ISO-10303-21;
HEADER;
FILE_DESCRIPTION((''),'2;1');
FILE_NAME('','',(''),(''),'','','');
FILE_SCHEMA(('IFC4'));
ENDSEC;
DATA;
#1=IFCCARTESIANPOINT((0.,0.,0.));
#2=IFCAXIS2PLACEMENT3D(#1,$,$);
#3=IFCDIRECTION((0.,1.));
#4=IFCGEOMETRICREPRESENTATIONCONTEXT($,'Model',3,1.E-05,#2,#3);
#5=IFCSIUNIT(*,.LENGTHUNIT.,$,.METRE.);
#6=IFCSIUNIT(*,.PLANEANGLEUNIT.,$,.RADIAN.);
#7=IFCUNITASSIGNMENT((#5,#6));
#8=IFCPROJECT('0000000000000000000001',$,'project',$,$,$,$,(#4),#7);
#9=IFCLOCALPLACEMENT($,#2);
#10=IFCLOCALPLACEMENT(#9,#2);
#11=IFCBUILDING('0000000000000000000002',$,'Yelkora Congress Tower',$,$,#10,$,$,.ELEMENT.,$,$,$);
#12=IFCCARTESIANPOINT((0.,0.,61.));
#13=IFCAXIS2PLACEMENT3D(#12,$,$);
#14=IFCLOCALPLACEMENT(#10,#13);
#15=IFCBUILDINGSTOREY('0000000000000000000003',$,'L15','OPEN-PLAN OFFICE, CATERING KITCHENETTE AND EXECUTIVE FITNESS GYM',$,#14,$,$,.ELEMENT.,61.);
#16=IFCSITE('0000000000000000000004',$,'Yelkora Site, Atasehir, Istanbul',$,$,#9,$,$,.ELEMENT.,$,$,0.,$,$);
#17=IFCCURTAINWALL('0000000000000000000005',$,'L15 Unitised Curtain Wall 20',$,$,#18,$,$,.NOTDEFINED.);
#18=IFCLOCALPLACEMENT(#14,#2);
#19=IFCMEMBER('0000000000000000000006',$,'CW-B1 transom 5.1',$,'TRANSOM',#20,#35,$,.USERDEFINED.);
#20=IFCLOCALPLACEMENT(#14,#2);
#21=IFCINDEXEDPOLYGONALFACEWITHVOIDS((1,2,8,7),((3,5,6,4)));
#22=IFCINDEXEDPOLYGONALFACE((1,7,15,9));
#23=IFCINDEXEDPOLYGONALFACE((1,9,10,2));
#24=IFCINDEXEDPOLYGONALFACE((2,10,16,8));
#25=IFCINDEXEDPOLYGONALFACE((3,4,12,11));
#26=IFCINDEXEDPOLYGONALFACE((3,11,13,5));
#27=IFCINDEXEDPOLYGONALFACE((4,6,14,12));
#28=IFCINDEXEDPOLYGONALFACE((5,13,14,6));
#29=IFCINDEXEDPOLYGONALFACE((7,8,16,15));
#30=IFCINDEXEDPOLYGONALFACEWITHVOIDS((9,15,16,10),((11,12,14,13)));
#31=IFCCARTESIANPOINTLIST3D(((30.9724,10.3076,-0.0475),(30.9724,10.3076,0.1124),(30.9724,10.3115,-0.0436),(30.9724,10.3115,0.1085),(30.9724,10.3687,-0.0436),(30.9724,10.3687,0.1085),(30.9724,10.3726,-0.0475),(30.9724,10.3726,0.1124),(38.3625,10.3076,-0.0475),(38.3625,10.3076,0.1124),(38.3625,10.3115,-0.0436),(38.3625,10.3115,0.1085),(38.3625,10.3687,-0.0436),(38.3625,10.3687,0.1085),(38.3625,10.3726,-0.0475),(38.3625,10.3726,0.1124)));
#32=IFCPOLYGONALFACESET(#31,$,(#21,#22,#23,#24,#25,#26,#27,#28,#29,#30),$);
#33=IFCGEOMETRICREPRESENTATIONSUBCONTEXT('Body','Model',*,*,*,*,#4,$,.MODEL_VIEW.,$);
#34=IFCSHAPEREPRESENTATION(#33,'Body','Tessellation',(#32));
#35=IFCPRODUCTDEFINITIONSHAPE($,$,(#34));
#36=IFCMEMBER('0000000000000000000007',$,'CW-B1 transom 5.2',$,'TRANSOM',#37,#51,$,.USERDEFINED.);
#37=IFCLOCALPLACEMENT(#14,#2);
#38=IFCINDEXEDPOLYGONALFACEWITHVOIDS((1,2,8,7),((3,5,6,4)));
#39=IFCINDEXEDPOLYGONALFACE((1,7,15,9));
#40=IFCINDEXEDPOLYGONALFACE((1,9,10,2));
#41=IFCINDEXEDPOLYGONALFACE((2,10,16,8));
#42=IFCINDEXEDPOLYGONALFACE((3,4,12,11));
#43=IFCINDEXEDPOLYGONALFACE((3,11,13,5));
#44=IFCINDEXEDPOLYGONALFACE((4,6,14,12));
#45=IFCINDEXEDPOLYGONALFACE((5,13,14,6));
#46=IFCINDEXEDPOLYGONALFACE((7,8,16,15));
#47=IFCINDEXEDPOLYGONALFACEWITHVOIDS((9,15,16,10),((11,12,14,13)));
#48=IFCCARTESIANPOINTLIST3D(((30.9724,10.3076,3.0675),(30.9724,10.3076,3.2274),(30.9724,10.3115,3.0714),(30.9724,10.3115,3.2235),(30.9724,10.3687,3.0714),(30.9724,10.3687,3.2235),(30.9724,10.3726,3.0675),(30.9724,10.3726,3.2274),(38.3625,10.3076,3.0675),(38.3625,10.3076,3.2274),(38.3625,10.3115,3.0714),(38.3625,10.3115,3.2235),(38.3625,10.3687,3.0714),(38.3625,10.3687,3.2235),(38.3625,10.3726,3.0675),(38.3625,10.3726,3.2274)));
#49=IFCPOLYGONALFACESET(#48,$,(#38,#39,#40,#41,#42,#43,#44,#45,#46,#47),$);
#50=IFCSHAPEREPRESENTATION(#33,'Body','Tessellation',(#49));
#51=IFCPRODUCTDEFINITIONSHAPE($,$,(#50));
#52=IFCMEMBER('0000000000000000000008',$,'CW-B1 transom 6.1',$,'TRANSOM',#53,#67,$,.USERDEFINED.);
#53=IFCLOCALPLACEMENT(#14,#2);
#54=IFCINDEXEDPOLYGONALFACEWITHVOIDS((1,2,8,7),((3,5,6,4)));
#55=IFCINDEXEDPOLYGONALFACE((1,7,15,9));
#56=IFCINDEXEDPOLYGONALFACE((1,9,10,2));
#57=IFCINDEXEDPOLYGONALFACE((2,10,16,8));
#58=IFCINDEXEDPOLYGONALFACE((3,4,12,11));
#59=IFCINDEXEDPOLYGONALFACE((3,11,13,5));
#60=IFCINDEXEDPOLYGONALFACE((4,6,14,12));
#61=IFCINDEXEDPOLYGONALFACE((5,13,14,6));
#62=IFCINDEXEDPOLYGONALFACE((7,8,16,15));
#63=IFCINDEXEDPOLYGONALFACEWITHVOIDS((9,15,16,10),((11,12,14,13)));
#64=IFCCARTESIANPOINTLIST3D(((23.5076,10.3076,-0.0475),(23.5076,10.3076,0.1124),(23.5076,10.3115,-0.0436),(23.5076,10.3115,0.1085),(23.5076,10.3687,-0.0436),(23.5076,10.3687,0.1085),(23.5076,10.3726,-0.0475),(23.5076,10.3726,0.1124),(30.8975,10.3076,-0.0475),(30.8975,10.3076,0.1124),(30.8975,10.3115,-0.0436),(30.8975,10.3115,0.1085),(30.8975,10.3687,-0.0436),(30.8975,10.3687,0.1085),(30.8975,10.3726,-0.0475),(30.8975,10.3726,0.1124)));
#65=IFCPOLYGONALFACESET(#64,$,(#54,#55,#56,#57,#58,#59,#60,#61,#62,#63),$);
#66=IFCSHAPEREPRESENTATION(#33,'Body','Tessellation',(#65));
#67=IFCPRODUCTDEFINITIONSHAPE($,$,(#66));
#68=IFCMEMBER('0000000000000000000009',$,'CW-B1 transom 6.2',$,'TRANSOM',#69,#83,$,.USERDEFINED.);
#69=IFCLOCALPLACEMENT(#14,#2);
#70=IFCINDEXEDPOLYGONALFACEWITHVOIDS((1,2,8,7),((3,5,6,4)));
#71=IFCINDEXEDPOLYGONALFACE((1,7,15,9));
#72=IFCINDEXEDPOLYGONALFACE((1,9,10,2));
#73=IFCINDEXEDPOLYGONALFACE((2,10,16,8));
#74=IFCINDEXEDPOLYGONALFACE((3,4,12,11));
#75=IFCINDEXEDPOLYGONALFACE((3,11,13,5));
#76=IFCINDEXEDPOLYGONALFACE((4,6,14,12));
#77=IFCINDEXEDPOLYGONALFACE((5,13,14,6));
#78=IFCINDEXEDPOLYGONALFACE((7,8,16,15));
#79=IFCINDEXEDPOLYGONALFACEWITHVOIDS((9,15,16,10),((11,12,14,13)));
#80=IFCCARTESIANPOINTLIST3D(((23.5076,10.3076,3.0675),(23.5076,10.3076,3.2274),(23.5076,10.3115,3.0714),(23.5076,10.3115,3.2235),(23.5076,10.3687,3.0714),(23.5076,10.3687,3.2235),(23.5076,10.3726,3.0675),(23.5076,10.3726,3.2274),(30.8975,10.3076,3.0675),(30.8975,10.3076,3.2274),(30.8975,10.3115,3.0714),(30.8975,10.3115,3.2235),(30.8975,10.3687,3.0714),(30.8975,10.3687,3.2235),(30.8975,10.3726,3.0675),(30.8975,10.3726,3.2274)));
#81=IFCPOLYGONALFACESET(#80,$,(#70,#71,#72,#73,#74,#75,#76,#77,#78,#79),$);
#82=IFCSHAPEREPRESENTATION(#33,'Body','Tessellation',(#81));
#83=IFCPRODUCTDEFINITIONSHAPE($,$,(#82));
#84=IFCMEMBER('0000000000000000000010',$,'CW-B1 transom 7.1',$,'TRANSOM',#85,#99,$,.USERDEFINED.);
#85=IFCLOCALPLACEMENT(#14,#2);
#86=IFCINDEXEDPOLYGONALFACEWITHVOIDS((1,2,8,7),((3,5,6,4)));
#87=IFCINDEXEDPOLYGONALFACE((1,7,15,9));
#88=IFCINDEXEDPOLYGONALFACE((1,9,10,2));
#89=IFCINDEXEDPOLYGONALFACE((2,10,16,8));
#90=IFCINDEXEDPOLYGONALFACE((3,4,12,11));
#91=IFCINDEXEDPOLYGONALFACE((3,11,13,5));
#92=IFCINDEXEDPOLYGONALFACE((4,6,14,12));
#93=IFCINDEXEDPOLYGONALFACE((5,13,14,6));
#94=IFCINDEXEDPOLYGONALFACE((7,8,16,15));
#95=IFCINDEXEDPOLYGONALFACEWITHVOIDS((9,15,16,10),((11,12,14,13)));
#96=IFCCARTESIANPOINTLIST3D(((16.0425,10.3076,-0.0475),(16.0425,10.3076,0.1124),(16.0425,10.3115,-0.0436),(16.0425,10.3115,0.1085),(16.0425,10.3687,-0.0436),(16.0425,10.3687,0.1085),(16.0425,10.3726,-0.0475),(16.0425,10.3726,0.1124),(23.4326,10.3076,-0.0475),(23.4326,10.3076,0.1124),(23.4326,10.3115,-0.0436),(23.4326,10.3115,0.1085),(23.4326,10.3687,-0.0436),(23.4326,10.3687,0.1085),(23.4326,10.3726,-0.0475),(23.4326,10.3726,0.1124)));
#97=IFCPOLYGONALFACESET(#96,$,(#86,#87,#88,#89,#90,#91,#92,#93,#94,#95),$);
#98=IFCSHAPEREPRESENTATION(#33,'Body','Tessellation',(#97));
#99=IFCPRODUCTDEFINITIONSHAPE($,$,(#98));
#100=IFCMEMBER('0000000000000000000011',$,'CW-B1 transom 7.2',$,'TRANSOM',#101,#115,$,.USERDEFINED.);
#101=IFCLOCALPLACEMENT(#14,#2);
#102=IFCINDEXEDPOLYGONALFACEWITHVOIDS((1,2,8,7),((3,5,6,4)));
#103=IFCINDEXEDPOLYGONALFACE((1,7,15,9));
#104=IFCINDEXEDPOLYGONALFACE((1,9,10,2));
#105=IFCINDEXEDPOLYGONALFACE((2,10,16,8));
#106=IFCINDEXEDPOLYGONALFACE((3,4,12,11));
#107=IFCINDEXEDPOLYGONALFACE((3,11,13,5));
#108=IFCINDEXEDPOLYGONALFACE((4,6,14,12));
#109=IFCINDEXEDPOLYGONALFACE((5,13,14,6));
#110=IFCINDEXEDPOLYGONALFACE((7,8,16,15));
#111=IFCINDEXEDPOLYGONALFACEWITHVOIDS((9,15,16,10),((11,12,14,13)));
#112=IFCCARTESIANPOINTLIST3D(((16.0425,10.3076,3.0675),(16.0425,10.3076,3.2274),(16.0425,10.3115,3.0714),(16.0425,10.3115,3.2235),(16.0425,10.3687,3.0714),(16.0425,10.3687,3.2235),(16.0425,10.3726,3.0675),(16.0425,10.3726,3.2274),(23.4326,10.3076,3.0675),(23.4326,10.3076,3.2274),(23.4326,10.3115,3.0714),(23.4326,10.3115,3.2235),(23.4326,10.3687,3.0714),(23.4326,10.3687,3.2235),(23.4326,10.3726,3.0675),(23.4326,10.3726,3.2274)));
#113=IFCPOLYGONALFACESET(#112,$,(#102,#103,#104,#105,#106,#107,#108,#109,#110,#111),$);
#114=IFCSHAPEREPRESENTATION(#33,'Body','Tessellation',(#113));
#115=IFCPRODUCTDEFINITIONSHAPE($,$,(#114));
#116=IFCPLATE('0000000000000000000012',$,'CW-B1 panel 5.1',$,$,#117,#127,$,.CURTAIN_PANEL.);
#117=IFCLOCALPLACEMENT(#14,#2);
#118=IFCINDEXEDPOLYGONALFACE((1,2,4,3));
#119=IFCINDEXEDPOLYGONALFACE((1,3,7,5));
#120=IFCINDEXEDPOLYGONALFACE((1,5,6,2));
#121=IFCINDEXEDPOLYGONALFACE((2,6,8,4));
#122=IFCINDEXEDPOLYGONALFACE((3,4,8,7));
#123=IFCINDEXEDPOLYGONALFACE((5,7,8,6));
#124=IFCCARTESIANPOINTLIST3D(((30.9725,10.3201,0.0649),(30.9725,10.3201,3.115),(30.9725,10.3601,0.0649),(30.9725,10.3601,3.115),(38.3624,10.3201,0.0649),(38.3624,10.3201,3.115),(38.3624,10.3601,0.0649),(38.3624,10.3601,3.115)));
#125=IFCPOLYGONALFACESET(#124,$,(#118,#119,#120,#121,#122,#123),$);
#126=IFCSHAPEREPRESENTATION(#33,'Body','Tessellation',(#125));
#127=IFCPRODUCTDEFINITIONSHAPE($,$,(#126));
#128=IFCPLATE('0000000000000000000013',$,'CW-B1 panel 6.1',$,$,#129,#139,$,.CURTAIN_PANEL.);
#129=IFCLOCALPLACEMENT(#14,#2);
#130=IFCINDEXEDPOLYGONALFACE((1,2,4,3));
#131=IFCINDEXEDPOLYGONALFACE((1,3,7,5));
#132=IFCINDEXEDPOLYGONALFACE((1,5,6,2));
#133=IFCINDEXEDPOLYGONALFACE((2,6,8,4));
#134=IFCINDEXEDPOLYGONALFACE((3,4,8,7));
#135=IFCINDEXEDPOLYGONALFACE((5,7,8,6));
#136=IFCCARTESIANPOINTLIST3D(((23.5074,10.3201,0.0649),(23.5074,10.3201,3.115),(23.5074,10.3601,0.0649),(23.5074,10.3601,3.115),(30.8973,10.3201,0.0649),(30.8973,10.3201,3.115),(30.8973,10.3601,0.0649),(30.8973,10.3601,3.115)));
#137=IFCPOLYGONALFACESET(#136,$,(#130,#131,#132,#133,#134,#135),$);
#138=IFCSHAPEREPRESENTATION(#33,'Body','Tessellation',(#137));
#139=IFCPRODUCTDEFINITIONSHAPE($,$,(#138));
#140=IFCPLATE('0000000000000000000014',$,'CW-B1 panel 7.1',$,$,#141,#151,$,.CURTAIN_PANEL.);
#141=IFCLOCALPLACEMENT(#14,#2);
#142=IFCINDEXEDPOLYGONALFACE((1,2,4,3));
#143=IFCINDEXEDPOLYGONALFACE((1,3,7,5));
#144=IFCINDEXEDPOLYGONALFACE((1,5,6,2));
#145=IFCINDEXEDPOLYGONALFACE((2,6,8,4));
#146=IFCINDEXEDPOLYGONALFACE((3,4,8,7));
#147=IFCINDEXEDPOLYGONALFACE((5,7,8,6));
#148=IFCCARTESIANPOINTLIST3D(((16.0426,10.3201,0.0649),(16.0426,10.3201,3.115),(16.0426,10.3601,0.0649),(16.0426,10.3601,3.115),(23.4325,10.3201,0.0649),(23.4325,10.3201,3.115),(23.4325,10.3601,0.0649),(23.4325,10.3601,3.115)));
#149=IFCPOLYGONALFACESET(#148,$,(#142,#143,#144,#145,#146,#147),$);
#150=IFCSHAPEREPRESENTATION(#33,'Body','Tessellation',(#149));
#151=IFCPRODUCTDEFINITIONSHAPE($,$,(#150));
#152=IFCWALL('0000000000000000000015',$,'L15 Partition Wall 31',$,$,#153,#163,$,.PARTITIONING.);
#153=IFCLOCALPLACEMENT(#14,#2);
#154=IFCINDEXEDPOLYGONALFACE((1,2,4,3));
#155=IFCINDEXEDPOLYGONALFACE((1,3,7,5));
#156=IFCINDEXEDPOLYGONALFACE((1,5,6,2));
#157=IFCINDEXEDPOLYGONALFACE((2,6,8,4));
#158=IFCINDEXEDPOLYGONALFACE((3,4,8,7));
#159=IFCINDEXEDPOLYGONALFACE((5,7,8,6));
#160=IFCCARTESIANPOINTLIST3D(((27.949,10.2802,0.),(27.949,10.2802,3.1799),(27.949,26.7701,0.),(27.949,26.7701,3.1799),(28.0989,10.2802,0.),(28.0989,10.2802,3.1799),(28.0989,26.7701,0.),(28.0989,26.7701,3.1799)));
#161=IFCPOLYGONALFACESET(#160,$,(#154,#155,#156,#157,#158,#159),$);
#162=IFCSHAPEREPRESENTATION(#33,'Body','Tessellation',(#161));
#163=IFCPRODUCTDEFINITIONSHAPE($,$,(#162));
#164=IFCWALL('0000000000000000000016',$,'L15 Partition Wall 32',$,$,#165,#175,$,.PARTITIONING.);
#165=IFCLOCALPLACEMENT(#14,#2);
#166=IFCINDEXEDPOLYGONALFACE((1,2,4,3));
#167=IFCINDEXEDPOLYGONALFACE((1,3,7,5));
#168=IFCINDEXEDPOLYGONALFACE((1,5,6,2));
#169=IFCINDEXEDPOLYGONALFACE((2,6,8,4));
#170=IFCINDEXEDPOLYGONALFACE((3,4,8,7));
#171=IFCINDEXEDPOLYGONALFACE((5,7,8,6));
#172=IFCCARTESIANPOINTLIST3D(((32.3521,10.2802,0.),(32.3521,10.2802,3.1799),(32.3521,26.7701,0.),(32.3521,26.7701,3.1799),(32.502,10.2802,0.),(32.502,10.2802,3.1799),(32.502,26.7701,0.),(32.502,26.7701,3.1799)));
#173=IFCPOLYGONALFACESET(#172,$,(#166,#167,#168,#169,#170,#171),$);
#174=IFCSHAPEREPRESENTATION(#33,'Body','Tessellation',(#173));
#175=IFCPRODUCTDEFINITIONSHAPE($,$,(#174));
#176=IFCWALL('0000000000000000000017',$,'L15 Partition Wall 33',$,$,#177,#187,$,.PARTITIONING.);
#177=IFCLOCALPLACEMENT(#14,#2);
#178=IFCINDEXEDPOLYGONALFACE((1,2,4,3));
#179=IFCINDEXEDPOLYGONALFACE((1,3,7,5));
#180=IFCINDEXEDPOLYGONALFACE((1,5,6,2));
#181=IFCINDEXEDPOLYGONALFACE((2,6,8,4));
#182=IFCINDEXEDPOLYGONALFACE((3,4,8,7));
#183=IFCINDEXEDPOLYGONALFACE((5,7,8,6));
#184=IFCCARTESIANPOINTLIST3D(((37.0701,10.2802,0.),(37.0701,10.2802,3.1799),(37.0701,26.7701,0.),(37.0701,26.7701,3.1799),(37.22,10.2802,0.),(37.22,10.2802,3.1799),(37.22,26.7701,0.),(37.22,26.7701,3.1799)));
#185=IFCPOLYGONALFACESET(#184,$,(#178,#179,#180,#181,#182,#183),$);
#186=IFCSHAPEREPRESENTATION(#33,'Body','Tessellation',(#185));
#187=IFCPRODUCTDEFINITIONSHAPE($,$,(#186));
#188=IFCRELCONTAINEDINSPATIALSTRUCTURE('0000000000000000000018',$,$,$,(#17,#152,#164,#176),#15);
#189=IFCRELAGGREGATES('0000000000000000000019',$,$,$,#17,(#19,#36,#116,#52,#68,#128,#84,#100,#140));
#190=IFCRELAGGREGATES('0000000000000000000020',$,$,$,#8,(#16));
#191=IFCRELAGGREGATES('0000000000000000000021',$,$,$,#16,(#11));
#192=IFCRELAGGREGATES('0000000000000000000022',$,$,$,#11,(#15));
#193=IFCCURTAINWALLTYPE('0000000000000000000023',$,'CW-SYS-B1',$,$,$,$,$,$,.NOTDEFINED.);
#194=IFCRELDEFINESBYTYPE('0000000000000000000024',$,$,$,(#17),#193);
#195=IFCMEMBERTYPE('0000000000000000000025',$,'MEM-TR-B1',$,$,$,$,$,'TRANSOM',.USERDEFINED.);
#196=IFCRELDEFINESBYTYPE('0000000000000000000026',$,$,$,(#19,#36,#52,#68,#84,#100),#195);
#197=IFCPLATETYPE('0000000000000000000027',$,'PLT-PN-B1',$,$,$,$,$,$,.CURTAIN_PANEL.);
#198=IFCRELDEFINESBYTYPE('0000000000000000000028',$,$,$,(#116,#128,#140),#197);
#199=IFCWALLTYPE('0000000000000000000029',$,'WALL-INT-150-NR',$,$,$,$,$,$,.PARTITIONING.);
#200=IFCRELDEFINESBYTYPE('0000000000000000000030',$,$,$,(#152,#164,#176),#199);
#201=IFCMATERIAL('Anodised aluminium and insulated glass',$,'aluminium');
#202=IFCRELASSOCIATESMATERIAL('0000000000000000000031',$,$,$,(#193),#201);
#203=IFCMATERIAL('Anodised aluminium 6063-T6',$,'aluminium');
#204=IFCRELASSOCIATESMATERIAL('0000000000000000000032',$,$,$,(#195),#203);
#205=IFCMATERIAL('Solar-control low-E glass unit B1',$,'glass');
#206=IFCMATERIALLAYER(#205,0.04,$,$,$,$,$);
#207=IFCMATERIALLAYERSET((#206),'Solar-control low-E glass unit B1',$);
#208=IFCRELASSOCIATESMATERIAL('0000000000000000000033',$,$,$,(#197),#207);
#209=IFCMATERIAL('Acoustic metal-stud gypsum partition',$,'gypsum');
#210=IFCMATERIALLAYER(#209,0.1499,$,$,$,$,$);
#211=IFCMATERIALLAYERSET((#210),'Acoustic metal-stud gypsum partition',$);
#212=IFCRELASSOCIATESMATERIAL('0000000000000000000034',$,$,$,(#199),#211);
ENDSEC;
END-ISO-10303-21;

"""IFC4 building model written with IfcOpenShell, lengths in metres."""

from ifc_helpers import new_model, si_unit, direction, frame, frame_2d, origin, origin_2d, place, context, subcontext, project, spatial, rectangle, hollow_rectangle, extrude, material, layer, layer_set, material_profile, profile_set, type_object, element, aggregate, save


model = new_model("IFC4")

# Units and contexts
model_context = context("Model", 3, precision=1e-05, world=origin(), true_north=direction((0.0, 1.0)))
body_context = subcontext(model_context, "Body", "Model", "MODEL_VIEW")
ifc_project = project(units=[si_unit("LENGTHUNIT", "METRE"), si_unit("PLANEANGLEUNIT", "RADIAN")], contexts=[model_context])

# Site, building, storey
site_placement = place(None, origin())
site = spatial("IfcSite", under=ifc_project, at=site_placement, Name="Yelkora Site, Atasehir, Istanbul", CompositionType="ELEMENT", RefElevation=0.0)
building_placement = place(site_placement, origin())
building = spatial("IfcBuilding", under=site, at=building_placement, Name="Yelkora Congress Tower", CompositionType="ELEMENT")
storey_placement = place(building_placement, frame((0.0, 0.0, 61.0)))
storey = spatial("IfcBuildingStorey", under=building, at=storey_placement, Name="L15", Description="OPEN-PLAN OFFICE, CATERING KITCHENETTE AND EXECUTIVE FITNESS GYM", CompositionType="ELEMENT", Elevation=61.0)

# Curtain wall, members, plates
ifc_material_1 = material(Name="Anodised aluminium and insulated glass", Category="aluminium")
curtain_wall_type = type_object("IfcCurtainWallType", Name="CW-SYS-B1", PredefinedType="NOTDEFINED", material=ifc_material_1)
curtain_wall_placement = place(storey_placement, origin())
curtain_wall = element("IfcCurtainWall", 1, at=curtain_wall_placement, inside=storey, type_object=curtain_wall_type, Name="L15 Unitised Curtain Wall 20", PredefinedType="NOTDEFINED")
ifc_material_2 = material(Name="Anodised aluminium 6063-T6", Category="aluminium")
ifc_material_profile_1 = material_profile(ifc_material_2, hollow_rectangle(XDim=0.0649, YDim=0.1599, WallThickness=0.0039, at=origin_2d()), Name="ALU 65x160x4")
ifc_profile_set_1 = profile_set([ifc_material_profile_1], Name="Anodised aluminium 6063-T6")
member_type_1 = type_object("IfcMemberType", Name="MEM-TR-B1", ElementType="TRANSOM", PredefinedType="USERDEFINED", material=ifc_profile_set_1)
member_1_placement = place(storey_placement, frame((38.3625, 10.3401, 0.0325), z_axis=(-1.0, 0.0, 0.0), x_axis=(0.0, -1.0, 0.0)))
member_1 = element("IfcMember", 2, at=member_1_placement, type_object=member_type_1, Name="CW-B1 transom 5.1", ObjectType="TRANSOM", PredefinedType="USERDEFINED", context=body_context, shape_type="SweptSolid", body=[
    extrude(hollow_rectangle(XDim=0.0649, YDim=0.1599, WallThickness=0.0039, at=origin_2d()), origin(), (0.0, 0.0, 1.0), 7.3901),
])
member_2_placement = place(storey_placement, frame((38.3625, 10.3401, 3.1475), z_axis=(-1.0, 0.0, 0.0), x_axis=(0.0, -1.0, 0.0)))
member_2 = element("IfcMember", 3, at=member_2_placement, type_object=member_type_1, Name="CW-B1 transom 5.2", ObjectType="TRANSOM", PredefinedType="USERDEFINED", context=body_context, shape_type="SweptSolid", body=[
    extrude(hollow_rectangle(XDim=0.0649, YDim=0.1599, WallThickness=0.0039, at=origin_2d()), origin(), (0.0, 0.0, 1.0), 7.3901),
])
member_3_placement = place(storey_placement, frame((30.8975, 10.3401, 0.0325), z_axis=(-1.0, 0.0, 0.0), x_axis=(0.0, -1.0, 0.0)))
member_3 = element("IfcMember", 4, at=member_3_placement, type_object=member_type_1, Name="CW-B1 transom 6.1", ObjectType="TRANSOM", PredefinedType="USERDEFINED", context=body_context, shape_type="SweptSolid", body=[
    extrude(hollow_rectangle(XDim=0.0649, YDim=0.1599, WallThickness=0.0039, at=origin_2d()), origin(), (0.0, 0.0, 1.0), 7.3899),
])
member_4_placement = place(storey_placement, frame((30.8975, 10.3401, 3.1475), z_axis=(-1.0, 0.0, 0.0), x_axis=(0.0, -1.0, 0.0)))
member_4 = element("IfcMember", 5, at=member_4_placement, type_object=member_type_1, Name="CW-B1 transom 6.2", ObjectType="TRANSOM", PredefinedType="USERDEFINED", context=body_context, shape_type="SweptSolid", body=[
    extrude(hollow_rectangle(XDim=0.0649, YDim=0.1599, WallThickness=0.0039, at=origin_2d()), origin(), (0.0, 0.0, 1.0), 7.3899),
])
member_5_placement = place(storey_placement, frame((23.4326, 10.3401, 0.0325), z_axis=(-1.0, 0.0, 0.0), x_axis=(0.0, -1.0, 0.0)))
member_5 = element("IfcMember", 6, at=member_5_placement, type_object=member_type_1, Name="CW-B1 transom 7.1", ObjectType="TRANSOM", PredefinedType="USERDEFINED", context=body_context, shape_type="SweptSolid", body=[
    extrude(hollow_rectangle(XDim=0.0649, YDim=0.1599, WallThickness=0.0039, at=origin_2d()), origin(), (0.0, 0.0, 1.0), 7.3901),
])
member_6_placement = place(storey_placement, frame((23.4326, 10.3401, 3.1475), z_axis=(-1.0, 0.0, 0.0), x_axis=(0.0, -1.0, 0.0)))
member_6 = element("IfcMember", 7, at=member_6_placement, type_object=member_type_1, Name="CW-B1 transom 7.2", ObjectType="TRANSOM", PredefinedType="USERDEFINED", context=body_context, shape_type="SweptSolid", body=[
    extrude(hollow_rectangle(XDim=0.0649, YDim=0.1599, WallThickness=0.0039, at=origin_2d()), origin(), (0.0, 0.0, 1.0), 7.3901),
])
ifc_material_3 = material(Name="Solar-control low-E glass unit B1", Category="glass")
ifc_layer_1 = layer(ifc_material_3, 0.04)
ifc_layer_set_1 = layer_set([ifc_layer_1], Name="Solar-control low-E glass unit B1")
plate_type = type_object("IfcPlateType", Name="PLT-PN-B1", PredefinedType="CURTAIN_PANEL", material=ifc_layer_set_1)
plate_1_placement = place(storey_placement, frame((34.6675, 10.3401, 0.0649), z_axis=(0.0, 0.0, 1.0), x_axis=(-1.0, 0.0, 0.0)))
plate_1 = element("IfcPlate", 8, at=plate_1_placement, type_object=plate_type, Name="CW-B1 panel 5.1", PredefinedType="CURTAIN_PANEL", context=body_context, shape_type="SweptSolid", body=[
    extrude(rectangle(XDim=7.3899, YDim=0.04, at=origin_2d()), origin(), (0.0, 0.0, 1.0), 3.05),
])
plate_2_placement = place(storey_placement, frame((27.2024, 10.3401, 0.0649), z_axis=(0.0, 0.0, 1.0), x_axis=(-1.0, 0.0, 0.0)))
plate_2 = element("IfcPlate", 9, at=plate_2_placement, type_object=plate_type, Name="CW-B1 panel 6.1", PredefinedType="CURTAIN_PANEL", context=body_context, shape_type="SweptSolid", body=[
    extrude(rectangle(XDim=7.3899, YDim=0.04, at=origin_2d()), origin(), (0.0, 0.0, 1.0), 3.05),
])
plate_3_placement = place(storey_placement, frame((19.7375, 10.3401, 0.0649), z_axis=(0.0, 0.0, 1.0), x_axis=(-1.0, 0.0, 0.0)))
plate_3 = element("IfcPlate", 10, at=plate_3_placement, type_object=plate_type, Name="CW-B1 panel 7.1", PredefinedType="CURTAIN_PANEL", context=body_context, shape_type="SweptSolid", body=[
    extrude(rectangle(XDim=7.3899, YDim=0.04, at=origin_2d()), origin(), (0.0, 0.0, 1.0), 3.05),
])
aggregate(curtain_wall, [member_1, member_2, plate_1, member_3, member_4, plate_2, member_5, member_6, plate_3])

# Walls
ifc_material_4 = material(Name="Acoustic metal-stud gypsum partition", Category="gypsum")
ifc_layer_2 = layer(ifc_material_4, 0.1499)
ifc_layer_set_2 = layer_set([ifc_layer_2], Name="Acoustic metal-stud gypsum partition")
wall_type = type_object("IfcWallType", Name="WALL-INT-150-NR", PredefinedType="PARTITIONING", material=ifc_layer_set_2)
for number, where, z_axis, x_axis, name in (
    (11, (28.0239, 10.28, 0.0), (0.0, 0.0, 1.0), (0.0, 1.0, 0.0), "L15 Partition Wall 31"),
    (12, (32.427, 10.28, 0.0), (0.0, 0.0, 1.0), (0.0, 1.0, 0.0), "L15 Partition Wall 32"),
    (13, (37.145, 10.28, 0.0), (0.0, 0.0, 1.0), (0.0, 1.0, 0.0), "L15 Partition Wall 33"),
):
    element("IfcWall", number, at=place(storey_placement, frame(where, z_axis=z_axis, x_axis=x_axis)), inside=storey, type_object=wall_type, Name=name, PredefinedType="PARTITIONING", context=body_context, shape_type="SweptSolid", body=[
        extrude(rectangle(XDim=16.49, YDim=0.1499, at=frame_2d((8.2451, 0.0))), origin(), (0.0, 0.0, 1.0), 3.1799),
    ])

save(model, "model.ifc")
